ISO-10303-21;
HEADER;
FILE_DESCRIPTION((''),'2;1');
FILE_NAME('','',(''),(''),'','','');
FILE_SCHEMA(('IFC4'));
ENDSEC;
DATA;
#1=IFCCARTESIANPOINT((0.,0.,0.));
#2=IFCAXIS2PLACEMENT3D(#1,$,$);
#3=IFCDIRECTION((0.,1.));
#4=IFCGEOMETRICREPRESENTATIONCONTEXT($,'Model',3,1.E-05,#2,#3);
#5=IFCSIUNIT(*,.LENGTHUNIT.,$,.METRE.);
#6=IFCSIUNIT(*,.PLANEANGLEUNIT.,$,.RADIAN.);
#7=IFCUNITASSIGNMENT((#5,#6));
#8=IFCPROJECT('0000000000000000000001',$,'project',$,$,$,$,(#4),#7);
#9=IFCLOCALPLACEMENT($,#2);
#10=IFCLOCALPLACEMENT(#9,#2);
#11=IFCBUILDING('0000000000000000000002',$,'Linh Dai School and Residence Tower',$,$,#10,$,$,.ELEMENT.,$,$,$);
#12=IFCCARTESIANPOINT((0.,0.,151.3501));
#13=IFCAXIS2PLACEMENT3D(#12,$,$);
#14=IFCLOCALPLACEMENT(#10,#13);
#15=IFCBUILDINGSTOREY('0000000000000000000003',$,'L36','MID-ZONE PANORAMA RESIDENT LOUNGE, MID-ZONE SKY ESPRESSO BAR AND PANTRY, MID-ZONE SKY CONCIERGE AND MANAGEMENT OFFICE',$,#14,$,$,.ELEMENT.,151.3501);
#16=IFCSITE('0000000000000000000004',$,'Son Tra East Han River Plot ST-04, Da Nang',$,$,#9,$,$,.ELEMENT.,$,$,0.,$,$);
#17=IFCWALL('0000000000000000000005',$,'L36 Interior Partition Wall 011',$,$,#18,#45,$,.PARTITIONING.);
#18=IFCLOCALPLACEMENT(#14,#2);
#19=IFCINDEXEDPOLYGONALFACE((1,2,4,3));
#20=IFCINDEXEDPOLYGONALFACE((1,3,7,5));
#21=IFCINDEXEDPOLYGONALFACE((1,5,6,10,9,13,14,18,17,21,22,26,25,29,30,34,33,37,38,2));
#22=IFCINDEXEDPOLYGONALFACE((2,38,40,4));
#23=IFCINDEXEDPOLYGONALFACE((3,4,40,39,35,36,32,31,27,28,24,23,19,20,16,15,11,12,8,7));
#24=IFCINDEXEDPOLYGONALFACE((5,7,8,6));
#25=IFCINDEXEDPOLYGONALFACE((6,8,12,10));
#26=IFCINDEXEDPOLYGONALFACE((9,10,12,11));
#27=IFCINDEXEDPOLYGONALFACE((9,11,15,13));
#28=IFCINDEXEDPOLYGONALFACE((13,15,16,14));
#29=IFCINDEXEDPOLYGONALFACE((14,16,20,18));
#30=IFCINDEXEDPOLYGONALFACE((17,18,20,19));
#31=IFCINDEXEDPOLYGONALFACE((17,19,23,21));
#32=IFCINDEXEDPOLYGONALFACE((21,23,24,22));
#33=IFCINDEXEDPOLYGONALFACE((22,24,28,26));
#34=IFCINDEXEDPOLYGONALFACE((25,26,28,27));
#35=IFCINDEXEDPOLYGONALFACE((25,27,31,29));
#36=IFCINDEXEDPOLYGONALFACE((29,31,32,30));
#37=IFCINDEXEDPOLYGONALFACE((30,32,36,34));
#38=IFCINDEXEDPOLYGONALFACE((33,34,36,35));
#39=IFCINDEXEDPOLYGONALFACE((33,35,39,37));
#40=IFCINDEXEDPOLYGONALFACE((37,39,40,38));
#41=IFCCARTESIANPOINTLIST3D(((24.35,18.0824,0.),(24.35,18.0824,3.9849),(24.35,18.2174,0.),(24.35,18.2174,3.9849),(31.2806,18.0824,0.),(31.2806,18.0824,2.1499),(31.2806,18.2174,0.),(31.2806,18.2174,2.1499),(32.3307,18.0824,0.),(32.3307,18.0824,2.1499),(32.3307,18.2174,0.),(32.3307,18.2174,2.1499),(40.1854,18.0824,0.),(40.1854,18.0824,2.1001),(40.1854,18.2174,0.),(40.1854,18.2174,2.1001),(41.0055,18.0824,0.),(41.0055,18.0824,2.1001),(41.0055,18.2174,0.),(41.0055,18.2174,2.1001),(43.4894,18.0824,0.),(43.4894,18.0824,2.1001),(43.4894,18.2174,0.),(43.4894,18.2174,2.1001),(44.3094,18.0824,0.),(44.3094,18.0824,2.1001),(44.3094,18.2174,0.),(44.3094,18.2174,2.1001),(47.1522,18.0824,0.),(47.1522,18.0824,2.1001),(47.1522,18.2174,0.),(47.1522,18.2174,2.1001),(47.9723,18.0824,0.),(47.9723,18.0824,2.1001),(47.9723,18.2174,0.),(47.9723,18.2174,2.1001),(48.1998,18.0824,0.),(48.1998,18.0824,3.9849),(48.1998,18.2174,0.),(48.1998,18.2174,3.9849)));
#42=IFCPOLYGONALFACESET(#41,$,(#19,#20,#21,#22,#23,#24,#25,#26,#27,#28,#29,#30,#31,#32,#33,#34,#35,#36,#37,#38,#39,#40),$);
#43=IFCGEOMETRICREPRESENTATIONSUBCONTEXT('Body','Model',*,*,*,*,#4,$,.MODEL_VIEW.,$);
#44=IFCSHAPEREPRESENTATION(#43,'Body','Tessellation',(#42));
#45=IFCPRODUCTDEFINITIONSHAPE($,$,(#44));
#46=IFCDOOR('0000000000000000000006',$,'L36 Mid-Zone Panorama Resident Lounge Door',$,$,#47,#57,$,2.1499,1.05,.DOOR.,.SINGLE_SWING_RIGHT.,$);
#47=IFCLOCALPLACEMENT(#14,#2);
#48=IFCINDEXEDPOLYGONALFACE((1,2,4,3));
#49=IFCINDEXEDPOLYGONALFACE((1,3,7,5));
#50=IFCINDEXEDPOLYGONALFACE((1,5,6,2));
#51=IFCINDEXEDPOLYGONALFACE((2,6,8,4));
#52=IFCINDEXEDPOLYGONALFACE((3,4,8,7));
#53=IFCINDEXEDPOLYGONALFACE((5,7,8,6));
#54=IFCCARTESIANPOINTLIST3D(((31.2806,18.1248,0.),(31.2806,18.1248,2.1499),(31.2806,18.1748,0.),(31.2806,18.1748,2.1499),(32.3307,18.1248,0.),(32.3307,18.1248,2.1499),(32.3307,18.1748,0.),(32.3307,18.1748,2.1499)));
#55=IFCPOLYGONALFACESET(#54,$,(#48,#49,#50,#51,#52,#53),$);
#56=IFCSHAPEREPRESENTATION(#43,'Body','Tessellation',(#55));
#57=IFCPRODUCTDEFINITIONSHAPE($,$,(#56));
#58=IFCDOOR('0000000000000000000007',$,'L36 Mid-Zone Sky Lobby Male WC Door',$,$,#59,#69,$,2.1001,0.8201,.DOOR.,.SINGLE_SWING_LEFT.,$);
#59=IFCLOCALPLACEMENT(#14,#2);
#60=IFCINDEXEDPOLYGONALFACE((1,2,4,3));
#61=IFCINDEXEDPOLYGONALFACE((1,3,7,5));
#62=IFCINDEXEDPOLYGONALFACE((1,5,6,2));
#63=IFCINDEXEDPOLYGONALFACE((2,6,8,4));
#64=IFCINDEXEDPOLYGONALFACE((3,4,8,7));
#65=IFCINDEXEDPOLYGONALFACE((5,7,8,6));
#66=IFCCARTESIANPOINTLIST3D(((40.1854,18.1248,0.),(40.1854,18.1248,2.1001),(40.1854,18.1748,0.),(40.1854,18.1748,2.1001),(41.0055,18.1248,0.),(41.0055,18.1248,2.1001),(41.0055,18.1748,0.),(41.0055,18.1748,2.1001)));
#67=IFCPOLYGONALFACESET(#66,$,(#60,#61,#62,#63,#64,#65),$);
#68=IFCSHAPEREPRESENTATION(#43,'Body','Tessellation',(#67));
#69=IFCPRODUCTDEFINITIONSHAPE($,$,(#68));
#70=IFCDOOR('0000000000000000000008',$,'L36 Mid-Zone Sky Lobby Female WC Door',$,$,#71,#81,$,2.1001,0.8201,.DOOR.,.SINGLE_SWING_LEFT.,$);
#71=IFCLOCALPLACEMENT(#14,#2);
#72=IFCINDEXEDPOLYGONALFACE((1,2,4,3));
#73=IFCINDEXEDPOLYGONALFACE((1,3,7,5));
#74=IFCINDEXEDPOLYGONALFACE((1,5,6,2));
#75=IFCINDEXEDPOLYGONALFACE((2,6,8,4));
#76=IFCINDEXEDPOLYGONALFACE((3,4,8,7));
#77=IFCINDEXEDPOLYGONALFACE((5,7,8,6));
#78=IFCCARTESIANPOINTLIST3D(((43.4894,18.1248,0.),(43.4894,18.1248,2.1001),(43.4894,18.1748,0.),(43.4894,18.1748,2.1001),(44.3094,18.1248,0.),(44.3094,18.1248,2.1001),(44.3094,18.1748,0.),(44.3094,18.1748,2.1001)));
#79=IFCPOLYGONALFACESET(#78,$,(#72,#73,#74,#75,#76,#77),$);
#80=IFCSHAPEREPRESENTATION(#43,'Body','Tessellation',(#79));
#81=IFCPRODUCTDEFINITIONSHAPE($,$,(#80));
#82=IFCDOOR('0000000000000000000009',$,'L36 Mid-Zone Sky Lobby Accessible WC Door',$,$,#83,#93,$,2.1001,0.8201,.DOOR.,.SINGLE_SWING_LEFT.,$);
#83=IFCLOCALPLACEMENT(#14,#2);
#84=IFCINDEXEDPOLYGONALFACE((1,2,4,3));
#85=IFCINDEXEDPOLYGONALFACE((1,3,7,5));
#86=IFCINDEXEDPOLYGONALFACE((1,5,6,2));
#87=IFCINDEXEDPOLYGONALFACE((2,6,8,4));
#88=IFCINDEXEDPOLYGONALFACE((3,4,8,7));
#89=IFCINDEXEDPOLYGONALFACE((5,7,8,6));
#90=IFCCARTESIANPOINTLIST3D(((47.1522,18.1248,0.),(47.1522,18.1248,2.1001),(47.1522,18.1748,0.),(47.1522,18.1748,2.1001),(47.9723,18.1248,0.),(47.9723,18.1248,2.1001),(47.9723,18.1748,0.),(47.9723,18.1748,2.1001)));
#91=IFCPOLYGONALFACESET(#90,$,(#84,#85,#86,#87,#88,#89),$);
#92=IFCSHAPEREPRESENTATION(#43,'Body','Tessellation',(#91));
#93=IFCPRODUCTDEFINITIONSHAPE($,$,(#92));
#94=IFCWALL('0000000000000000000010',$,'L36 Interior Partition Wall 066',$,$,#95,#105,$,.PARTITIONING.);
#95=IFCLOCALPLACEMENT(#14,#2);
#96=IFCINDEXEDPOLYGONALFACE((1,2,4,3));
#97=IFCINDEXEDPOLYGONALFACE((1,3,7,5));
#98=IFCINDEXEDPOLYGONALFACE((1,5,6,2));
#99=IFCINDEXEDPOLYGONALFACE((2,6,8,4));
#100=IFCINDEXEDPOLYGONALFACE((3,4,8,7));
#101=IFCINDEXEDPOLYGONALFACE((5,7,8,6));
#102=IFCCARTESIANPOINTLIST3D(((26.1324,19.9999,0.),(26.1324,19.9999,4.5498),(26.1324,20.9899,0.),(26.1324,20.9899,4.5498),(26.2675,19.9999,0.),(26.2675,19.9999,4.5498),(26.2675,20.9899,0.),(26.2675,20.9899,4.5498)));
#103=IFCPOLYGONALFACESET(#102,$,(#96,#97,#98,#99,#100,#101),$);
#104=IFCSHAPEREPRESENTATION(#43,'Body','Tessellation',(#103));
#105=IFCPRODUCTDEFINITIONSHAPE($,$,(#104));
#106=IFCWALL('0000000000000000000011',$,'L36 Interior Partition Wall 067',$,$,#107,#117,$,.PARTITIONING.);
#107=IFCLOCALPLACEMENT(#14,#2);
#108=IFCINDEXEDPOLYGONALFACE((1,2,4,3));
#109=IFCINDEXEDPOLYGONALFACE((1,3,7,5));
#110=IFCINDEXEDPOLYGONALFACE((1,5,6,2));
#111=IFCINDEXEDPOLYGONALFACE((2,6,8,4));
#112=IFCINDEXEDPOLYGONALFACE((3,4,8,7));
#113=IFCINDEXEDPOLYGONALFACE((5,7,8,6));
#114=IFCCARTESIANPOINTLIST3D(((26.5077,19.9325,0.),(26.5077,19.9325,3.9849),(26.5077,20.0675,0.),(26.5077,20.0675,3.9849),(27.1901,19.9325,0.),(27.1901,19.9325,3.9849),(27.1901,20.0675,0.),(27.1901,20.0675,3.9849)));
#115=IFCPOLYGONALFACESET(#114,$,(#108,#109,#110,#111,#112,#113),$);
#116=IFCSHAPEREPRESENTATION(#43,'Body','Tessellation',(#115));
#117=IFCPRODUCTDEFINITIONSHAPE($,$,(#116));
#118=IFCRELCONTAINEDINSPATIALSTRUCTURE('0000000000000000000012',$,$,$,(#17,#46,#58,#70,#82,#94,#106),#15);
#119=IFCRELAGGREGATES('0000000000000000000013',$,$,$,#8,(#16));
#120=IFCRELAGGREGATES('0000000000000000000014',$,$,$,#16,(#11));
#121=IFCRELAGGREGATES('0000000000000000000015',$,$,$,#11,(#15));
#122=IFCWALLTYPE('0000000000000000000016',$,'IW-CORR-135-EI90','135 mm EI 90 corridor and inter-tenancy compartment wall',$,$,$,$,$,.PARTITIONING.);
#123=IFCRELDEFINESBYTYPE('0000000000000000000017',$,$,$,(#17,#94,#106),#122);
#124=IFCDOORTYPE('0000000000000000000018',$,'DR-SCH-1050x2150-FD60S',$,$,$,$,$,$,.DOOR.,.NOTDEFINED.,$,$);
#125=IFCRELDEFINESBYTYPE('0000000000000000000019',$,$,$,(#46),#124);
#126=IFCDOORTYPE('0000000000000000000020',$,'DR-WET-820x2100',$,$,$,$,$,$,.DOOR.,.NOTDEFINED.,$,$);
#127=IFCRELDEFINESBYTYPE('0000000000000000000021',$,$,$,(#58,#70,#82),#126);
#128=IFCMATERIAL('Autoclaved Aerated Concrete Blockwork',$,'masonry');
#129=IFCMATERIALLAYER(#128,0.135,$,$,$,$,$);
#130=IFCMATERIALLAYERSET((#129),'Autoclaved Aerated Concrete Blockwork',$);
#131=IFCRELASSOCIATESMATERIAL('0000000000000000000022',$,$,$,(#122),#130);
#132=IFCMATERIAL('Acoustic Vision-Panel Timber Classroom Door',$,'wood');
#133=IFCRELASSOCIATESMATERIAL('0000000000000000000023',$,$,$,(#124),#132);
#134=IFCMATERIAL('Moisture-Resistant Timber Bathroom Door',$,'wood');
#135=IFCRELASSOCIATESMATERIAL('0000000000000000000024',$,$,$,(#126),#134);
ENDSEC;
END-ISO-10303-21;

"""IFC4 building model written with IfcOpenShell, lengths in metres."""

from ifc_helpers import new_model, si_unit, direction, frame, frame_2d, origin, origin_2d, place, context, subcontext, project, spatial, rectangle, extrude, source, transform, mapped, material, layer, layer_set, type_object, element, fill, save


model = new_model("IFC4")

# Units and contexts
model_context = context("Model", 3, precision=1e-05, world=origin(), true_north=direction((0.0, 1.0)))
body_context = subcontext(model_context, "Body", "Model", "MODEL_VIEW")
ifc_project = project(units=[si_unit("LENGTHUNIT", "METRE"), si_unit("PLANEANGLEUNIT", "RADIAN")], contexts=[model_context])

# Site, building, storey
site_placement = place(None, origin())
site = spatial("IfcSite", under=ifc_project, at=site_placement, Name="Son Tra East Han River Plot ST-04, Da Nang", CompositionType="ELEMENT", RefElevation=0.0)
building_placement = place(site_placement, origin())
building = spatial("IfcBuilding", under=site, at=building_placement, Name="Linh Dai School and Residence Tower", CompositionType="ELEMENT")
storey_placement = place(building_placement, frame((0.0, 0.0, 151.3501)))
storey = spatial("IfcBuildingStorey", under=building, at=storey_placement, Name="L36", Description="MID-ZONE PANORAMA RESIDENT LOUNGE, MID-ZONE SKY ESPRESSO BAR AND PANTRY, MID-ZONE SKY CONCIERGE AND MANAGEMENT OFFICE", CompositionType="ELEMENT", Elevation=151.3501)

# Shared definitions
ifc_material_1 = material(Name="Autoclaved Aerated Concrete Blockwork", Category="masonry")
ifc_layer_1 = layer(ifc_material_1, 0.135)
ifc_layer_set_1 = layer_set([ifc_layer_1], Name="Autoclaved Aerated Concrete Blockwork")
wall_type_1 = type_object("IfcWallType", Name="IW-CORR-135-EI90", Description="135 mm EI 90 corridor and inter-tenancy compartment wall", PredefinedType="PARTITIONING", material=ifc_layer_set_1)

# Wall, openings, doors
wall_1_placement = place(storey_placement, frame((24.3501, 18.1499, 0.0), z_axis=(0.0, 0.0, 1.0), x_axis=(1.0, 0.0, 0.0)))
wall_1 = element("IfcWall", 1, at=wall_1_placement, inside=storey, type_object=wall_type_1, Name="L36 Interior Partition Wall 011", PredefinedType="PARTITIONING", context=body_context, shape_type="SweptSolid", body=[
    extrude(rectangle(XDim=23.8499, YDim=0.135, at=frame_2d((11.9248, 0.0))), origin(), (0.0, 0.0, 1.0), 3.9849),
])
opening_1_placement = place(wall_1_placement, frame((6.9307, 0.0, 0.0)))
opening_1 = element("IfcOpeningElement", 2, at=opening_1_placement, cuts=wall_1, PredefinedType="OPENING", context=body_context, shape_type="SweptSolid", body=[
    extrude(rectangle(XDim=1.05, YDim=2.1499, at=origin_2d()), frame((0.5249, 0.0776, 1.075), z_axis=(0.0, -1.0, 0.0), x_axis=(1.0, 0.0, 0.0)), (0.0, 0.0, 1.0), 0.155),
])
opening_2_placement = place(wall_1_placement, frame((15.8352, 0.0, 0.0)))
opening_2 = element("IfcOpeningElement", 3, at=opening_2_placement, cuts=wall_1, PredefinedType="OPENING", context=body_context, shape_type="SweptSolid", body=[
    extrude(rectangle(XDim=0.8201, YDim=2.1001, at=origin_2d()), frame((0.4102, 0.0776, 1.05), z_axis=(0.0, -1.0, 0.0), x_axis=(1.0, 0.0, 0.0)), (0.0, 0.0, 1.0), 0.155),
])
opening_3_placement = place(wall_1_placement, frame((19.1392, 0.0, 0.0)))
opening_3 = element("IfcOpeningElement", 4, at=opening_3_placement, cuts=wall_1, PredefinedType="OPENING", context=body_context, shape_type="SweptSolid", body=[
    extrude(rectangle(XDim=0.8201, YDim=2.1001, at=origin_2d()), frame((0.4102, 0.0776, 1.05), z_axis=(0.0, -1.0, 0.0), x_axis=(1.0, 0.0, 0.0)), (0.0, 0.0, 1.0), 0.155),
])
opening_4_placement = place(wall_1_placement, frame((22.802, 0.0, 0.0)))
opening_4 = element("IfcOpeningElement", 5, at=opening_4_placement, cuts=wall_1, PredefinedType="OPENING", context=body_context, shape_type="SweptSolid", body=[
    extrude(rectangle(XDim=0.8201, YDim=2.1001, at=origin_2d()), frame((0.4102, 0.0776, 1.05), z_axis=(0.0, -1.0, 0.0), x_axis=(1.0, 0.0, 0.0)), (0.0, 0.0, 1.0), 0.155),
])
ifc_material_2 = material(Name="Acoustic Vision-Panel Timber Classroom Door", Category="wood")
door_type_1 = type_object("IfcDoorType", Name="DR-SCH-1050x2150-FD60S", OperationType="NOTDEFINED", PredefinedType="DOOR", material=ifc_material_2)
shared_shape_1 = source(origin(), body_context, "Body", "SweptSolid", [
    extrude(rectangle(XDim=1.05, YDim=2.1499, at=origin_2d()), frame((0.5249, 0.0249, 1.075), z_axis=(0.0, -1.0, 0.0), x_axis=(1.0, 0.0, 0.0)), (0.0, 0.0, 1.0), 0.05),
])
door_1_placement = place(opening_1_placement, origin())
door_1 = element("IfcDoor", 6, at=door_1_placement, inside=storey, type_object=door_type_1, Name="L36 Mid-Zone Panorama Resident Lounge Door", OperationType="SINGLE_SWING_RIGHT", OverallHeight=2.1499, OverallWidth=1.05, PredefinedType="DOOR", context=body_context, shape_type="MappedRepresentation", body=[
    mapped(shared_shape_1, transform((0.0, 0.0, 0.0), x_axis=(1.0, 0.0, 0.0), y_axis=(0.0, 1.0, 0.0), z_axis=(0.0, 0.0, 1.0), scale=1.0)),
])
fill(opening_1, door_1)
ifc_material_3 = material(Name="Moisture-Resistant Timber Bathroom Door", Category="wood")
door_type_2 = type_object("IfcDoorType", Name="DR-WET-820x2100", OperationType="NOTDEFINED", PredefinedType="DOOR", material=ifc_material_3)
shared_shape_2 = source(origin(), body_context, "Body", "SweptSolid", [
    extrude(rectangle(XDim=0.8201, YDim=2.1001, at=origin_2d()), frame((0.4102, 0.0249, 1.05), z_axis=(0.0, -1.0, 0.0), x_axis=(1.0, 0.0, 0.0)), (0.0, 0.0, 1.0), 0.05),
])
door_2_placement = place(opening_2_placement, origin())
door_2 = element("IfcDoor", 7, at=door_2_placement, inside=storey, type_object=door_type_2, Name="L36 Mid-Zone Sky Lobby Male WC Door", OperationType="SINGLE_SWING_LEFT", OverallHeight=2.1001, OverallWidth=0.8201, PredefinedType="DOOR", context=body_context, shape_type="MappedRepresentation", body=[
    mapped(shared_shape_2, transform((0.0, 0.0, 0.0), x_axis=(1.0, 0.0, 0.0), y_axis=(0.0, 1.0, 0.0), z_axis=(0.0, 0.0, 1.0), scale=1.0)),
])
fill(opening_2, door_2)
door_3_placement = place(opening_3_placement, origin())
door_3 = element("IfcDoor", 8, at=door_3_placement, inside=storey, type_object=door_type_2, Name="L36 Mid-Zone Sky Lobby Female WC Door", OperationType="SINGLE_SWING_LEFT", OverallHeight=2.1001, OverallWidth=0.8201, PredefinedType="DOOR", context=body_context, shape_type="MappedRepresentation", body=[
    mapped(shared_shape_2, transform((0.0, 0.0, 0.0), x_axis=(1.0, 0.0, 0.0), y_axis=(0.0, 1.0, 0.0), z_axis=(0.0, 0.0, 1.0), scale=1.0)),
])
fill(opening_3, door_3)
door_4_placement = place(opening_4_placement, origin())
door_4 = element("IfcDoor", 9, at=door_4_placement, inside=storey, type_object=door_type_2, Name="L36 Mid-Zone Sky Lobby Accessible WC Door", OperationType="SINGLE_SWING_LEFT", OverallHeight=2.1001, OverallWidth=0.8201, PredefinedType="DOOR", context=body_context, shape_type="MappedRepresentation", body=[
    mapped(shared_shape_2, transform((0.0, 0.0, 0.0), x_axis=(1.0, 0.0, 0.0), y_axis=(0.0, 1.0, 0.0), z_axis=(0.0, 0.0, 1.0), scale=1.0)),
])
fill(opening_4, door_4)

# Walls
wall_2_placement = place(storey_placement, frame((26.2, 20.99, 0.0), z_axis=(0.0, 0.0, 1.0), x_axis=(0.0, -1.0, 0.0)))
element("IfcWall", 10, at=wall_2_placement, inside=storey, type_object=wall_type_1, Name="L36 Interior Partition Wall 066", PredefinedType="PARTITIONING", context=body_context, shape_type="SweptSolid", body=[
    extrude(rectangle(XDim=0.99, YDim=0.135, at=frame_2d((0.4951, 0.0))), origin(), (0.0, 0.0, 1.0), 4.5498),
])
wall_3_placement = place(storey_placement, frame((26.5076, 20.0, 0.0), z_axis=(0.0, 0.0, 1.0), x_axis=(1.0, 0.0, 0.0)))
element("IfcWall", 11, at=wall_3_placement, inside=storey, type_object=wall_type_1, Name="L36 Interior Partition Wall 067", PredefinedType="PARTITIONING", context=body_context, shape_type="SweptSolid", body=[
    extrude(rectangle(XDim=0.6824, YDim=0.135, at=frame_2d((0.3413, 0.0))), origin(), (0.0, 0.0, 1.0), 3.9849),
])

save(model, "model.ifc")
